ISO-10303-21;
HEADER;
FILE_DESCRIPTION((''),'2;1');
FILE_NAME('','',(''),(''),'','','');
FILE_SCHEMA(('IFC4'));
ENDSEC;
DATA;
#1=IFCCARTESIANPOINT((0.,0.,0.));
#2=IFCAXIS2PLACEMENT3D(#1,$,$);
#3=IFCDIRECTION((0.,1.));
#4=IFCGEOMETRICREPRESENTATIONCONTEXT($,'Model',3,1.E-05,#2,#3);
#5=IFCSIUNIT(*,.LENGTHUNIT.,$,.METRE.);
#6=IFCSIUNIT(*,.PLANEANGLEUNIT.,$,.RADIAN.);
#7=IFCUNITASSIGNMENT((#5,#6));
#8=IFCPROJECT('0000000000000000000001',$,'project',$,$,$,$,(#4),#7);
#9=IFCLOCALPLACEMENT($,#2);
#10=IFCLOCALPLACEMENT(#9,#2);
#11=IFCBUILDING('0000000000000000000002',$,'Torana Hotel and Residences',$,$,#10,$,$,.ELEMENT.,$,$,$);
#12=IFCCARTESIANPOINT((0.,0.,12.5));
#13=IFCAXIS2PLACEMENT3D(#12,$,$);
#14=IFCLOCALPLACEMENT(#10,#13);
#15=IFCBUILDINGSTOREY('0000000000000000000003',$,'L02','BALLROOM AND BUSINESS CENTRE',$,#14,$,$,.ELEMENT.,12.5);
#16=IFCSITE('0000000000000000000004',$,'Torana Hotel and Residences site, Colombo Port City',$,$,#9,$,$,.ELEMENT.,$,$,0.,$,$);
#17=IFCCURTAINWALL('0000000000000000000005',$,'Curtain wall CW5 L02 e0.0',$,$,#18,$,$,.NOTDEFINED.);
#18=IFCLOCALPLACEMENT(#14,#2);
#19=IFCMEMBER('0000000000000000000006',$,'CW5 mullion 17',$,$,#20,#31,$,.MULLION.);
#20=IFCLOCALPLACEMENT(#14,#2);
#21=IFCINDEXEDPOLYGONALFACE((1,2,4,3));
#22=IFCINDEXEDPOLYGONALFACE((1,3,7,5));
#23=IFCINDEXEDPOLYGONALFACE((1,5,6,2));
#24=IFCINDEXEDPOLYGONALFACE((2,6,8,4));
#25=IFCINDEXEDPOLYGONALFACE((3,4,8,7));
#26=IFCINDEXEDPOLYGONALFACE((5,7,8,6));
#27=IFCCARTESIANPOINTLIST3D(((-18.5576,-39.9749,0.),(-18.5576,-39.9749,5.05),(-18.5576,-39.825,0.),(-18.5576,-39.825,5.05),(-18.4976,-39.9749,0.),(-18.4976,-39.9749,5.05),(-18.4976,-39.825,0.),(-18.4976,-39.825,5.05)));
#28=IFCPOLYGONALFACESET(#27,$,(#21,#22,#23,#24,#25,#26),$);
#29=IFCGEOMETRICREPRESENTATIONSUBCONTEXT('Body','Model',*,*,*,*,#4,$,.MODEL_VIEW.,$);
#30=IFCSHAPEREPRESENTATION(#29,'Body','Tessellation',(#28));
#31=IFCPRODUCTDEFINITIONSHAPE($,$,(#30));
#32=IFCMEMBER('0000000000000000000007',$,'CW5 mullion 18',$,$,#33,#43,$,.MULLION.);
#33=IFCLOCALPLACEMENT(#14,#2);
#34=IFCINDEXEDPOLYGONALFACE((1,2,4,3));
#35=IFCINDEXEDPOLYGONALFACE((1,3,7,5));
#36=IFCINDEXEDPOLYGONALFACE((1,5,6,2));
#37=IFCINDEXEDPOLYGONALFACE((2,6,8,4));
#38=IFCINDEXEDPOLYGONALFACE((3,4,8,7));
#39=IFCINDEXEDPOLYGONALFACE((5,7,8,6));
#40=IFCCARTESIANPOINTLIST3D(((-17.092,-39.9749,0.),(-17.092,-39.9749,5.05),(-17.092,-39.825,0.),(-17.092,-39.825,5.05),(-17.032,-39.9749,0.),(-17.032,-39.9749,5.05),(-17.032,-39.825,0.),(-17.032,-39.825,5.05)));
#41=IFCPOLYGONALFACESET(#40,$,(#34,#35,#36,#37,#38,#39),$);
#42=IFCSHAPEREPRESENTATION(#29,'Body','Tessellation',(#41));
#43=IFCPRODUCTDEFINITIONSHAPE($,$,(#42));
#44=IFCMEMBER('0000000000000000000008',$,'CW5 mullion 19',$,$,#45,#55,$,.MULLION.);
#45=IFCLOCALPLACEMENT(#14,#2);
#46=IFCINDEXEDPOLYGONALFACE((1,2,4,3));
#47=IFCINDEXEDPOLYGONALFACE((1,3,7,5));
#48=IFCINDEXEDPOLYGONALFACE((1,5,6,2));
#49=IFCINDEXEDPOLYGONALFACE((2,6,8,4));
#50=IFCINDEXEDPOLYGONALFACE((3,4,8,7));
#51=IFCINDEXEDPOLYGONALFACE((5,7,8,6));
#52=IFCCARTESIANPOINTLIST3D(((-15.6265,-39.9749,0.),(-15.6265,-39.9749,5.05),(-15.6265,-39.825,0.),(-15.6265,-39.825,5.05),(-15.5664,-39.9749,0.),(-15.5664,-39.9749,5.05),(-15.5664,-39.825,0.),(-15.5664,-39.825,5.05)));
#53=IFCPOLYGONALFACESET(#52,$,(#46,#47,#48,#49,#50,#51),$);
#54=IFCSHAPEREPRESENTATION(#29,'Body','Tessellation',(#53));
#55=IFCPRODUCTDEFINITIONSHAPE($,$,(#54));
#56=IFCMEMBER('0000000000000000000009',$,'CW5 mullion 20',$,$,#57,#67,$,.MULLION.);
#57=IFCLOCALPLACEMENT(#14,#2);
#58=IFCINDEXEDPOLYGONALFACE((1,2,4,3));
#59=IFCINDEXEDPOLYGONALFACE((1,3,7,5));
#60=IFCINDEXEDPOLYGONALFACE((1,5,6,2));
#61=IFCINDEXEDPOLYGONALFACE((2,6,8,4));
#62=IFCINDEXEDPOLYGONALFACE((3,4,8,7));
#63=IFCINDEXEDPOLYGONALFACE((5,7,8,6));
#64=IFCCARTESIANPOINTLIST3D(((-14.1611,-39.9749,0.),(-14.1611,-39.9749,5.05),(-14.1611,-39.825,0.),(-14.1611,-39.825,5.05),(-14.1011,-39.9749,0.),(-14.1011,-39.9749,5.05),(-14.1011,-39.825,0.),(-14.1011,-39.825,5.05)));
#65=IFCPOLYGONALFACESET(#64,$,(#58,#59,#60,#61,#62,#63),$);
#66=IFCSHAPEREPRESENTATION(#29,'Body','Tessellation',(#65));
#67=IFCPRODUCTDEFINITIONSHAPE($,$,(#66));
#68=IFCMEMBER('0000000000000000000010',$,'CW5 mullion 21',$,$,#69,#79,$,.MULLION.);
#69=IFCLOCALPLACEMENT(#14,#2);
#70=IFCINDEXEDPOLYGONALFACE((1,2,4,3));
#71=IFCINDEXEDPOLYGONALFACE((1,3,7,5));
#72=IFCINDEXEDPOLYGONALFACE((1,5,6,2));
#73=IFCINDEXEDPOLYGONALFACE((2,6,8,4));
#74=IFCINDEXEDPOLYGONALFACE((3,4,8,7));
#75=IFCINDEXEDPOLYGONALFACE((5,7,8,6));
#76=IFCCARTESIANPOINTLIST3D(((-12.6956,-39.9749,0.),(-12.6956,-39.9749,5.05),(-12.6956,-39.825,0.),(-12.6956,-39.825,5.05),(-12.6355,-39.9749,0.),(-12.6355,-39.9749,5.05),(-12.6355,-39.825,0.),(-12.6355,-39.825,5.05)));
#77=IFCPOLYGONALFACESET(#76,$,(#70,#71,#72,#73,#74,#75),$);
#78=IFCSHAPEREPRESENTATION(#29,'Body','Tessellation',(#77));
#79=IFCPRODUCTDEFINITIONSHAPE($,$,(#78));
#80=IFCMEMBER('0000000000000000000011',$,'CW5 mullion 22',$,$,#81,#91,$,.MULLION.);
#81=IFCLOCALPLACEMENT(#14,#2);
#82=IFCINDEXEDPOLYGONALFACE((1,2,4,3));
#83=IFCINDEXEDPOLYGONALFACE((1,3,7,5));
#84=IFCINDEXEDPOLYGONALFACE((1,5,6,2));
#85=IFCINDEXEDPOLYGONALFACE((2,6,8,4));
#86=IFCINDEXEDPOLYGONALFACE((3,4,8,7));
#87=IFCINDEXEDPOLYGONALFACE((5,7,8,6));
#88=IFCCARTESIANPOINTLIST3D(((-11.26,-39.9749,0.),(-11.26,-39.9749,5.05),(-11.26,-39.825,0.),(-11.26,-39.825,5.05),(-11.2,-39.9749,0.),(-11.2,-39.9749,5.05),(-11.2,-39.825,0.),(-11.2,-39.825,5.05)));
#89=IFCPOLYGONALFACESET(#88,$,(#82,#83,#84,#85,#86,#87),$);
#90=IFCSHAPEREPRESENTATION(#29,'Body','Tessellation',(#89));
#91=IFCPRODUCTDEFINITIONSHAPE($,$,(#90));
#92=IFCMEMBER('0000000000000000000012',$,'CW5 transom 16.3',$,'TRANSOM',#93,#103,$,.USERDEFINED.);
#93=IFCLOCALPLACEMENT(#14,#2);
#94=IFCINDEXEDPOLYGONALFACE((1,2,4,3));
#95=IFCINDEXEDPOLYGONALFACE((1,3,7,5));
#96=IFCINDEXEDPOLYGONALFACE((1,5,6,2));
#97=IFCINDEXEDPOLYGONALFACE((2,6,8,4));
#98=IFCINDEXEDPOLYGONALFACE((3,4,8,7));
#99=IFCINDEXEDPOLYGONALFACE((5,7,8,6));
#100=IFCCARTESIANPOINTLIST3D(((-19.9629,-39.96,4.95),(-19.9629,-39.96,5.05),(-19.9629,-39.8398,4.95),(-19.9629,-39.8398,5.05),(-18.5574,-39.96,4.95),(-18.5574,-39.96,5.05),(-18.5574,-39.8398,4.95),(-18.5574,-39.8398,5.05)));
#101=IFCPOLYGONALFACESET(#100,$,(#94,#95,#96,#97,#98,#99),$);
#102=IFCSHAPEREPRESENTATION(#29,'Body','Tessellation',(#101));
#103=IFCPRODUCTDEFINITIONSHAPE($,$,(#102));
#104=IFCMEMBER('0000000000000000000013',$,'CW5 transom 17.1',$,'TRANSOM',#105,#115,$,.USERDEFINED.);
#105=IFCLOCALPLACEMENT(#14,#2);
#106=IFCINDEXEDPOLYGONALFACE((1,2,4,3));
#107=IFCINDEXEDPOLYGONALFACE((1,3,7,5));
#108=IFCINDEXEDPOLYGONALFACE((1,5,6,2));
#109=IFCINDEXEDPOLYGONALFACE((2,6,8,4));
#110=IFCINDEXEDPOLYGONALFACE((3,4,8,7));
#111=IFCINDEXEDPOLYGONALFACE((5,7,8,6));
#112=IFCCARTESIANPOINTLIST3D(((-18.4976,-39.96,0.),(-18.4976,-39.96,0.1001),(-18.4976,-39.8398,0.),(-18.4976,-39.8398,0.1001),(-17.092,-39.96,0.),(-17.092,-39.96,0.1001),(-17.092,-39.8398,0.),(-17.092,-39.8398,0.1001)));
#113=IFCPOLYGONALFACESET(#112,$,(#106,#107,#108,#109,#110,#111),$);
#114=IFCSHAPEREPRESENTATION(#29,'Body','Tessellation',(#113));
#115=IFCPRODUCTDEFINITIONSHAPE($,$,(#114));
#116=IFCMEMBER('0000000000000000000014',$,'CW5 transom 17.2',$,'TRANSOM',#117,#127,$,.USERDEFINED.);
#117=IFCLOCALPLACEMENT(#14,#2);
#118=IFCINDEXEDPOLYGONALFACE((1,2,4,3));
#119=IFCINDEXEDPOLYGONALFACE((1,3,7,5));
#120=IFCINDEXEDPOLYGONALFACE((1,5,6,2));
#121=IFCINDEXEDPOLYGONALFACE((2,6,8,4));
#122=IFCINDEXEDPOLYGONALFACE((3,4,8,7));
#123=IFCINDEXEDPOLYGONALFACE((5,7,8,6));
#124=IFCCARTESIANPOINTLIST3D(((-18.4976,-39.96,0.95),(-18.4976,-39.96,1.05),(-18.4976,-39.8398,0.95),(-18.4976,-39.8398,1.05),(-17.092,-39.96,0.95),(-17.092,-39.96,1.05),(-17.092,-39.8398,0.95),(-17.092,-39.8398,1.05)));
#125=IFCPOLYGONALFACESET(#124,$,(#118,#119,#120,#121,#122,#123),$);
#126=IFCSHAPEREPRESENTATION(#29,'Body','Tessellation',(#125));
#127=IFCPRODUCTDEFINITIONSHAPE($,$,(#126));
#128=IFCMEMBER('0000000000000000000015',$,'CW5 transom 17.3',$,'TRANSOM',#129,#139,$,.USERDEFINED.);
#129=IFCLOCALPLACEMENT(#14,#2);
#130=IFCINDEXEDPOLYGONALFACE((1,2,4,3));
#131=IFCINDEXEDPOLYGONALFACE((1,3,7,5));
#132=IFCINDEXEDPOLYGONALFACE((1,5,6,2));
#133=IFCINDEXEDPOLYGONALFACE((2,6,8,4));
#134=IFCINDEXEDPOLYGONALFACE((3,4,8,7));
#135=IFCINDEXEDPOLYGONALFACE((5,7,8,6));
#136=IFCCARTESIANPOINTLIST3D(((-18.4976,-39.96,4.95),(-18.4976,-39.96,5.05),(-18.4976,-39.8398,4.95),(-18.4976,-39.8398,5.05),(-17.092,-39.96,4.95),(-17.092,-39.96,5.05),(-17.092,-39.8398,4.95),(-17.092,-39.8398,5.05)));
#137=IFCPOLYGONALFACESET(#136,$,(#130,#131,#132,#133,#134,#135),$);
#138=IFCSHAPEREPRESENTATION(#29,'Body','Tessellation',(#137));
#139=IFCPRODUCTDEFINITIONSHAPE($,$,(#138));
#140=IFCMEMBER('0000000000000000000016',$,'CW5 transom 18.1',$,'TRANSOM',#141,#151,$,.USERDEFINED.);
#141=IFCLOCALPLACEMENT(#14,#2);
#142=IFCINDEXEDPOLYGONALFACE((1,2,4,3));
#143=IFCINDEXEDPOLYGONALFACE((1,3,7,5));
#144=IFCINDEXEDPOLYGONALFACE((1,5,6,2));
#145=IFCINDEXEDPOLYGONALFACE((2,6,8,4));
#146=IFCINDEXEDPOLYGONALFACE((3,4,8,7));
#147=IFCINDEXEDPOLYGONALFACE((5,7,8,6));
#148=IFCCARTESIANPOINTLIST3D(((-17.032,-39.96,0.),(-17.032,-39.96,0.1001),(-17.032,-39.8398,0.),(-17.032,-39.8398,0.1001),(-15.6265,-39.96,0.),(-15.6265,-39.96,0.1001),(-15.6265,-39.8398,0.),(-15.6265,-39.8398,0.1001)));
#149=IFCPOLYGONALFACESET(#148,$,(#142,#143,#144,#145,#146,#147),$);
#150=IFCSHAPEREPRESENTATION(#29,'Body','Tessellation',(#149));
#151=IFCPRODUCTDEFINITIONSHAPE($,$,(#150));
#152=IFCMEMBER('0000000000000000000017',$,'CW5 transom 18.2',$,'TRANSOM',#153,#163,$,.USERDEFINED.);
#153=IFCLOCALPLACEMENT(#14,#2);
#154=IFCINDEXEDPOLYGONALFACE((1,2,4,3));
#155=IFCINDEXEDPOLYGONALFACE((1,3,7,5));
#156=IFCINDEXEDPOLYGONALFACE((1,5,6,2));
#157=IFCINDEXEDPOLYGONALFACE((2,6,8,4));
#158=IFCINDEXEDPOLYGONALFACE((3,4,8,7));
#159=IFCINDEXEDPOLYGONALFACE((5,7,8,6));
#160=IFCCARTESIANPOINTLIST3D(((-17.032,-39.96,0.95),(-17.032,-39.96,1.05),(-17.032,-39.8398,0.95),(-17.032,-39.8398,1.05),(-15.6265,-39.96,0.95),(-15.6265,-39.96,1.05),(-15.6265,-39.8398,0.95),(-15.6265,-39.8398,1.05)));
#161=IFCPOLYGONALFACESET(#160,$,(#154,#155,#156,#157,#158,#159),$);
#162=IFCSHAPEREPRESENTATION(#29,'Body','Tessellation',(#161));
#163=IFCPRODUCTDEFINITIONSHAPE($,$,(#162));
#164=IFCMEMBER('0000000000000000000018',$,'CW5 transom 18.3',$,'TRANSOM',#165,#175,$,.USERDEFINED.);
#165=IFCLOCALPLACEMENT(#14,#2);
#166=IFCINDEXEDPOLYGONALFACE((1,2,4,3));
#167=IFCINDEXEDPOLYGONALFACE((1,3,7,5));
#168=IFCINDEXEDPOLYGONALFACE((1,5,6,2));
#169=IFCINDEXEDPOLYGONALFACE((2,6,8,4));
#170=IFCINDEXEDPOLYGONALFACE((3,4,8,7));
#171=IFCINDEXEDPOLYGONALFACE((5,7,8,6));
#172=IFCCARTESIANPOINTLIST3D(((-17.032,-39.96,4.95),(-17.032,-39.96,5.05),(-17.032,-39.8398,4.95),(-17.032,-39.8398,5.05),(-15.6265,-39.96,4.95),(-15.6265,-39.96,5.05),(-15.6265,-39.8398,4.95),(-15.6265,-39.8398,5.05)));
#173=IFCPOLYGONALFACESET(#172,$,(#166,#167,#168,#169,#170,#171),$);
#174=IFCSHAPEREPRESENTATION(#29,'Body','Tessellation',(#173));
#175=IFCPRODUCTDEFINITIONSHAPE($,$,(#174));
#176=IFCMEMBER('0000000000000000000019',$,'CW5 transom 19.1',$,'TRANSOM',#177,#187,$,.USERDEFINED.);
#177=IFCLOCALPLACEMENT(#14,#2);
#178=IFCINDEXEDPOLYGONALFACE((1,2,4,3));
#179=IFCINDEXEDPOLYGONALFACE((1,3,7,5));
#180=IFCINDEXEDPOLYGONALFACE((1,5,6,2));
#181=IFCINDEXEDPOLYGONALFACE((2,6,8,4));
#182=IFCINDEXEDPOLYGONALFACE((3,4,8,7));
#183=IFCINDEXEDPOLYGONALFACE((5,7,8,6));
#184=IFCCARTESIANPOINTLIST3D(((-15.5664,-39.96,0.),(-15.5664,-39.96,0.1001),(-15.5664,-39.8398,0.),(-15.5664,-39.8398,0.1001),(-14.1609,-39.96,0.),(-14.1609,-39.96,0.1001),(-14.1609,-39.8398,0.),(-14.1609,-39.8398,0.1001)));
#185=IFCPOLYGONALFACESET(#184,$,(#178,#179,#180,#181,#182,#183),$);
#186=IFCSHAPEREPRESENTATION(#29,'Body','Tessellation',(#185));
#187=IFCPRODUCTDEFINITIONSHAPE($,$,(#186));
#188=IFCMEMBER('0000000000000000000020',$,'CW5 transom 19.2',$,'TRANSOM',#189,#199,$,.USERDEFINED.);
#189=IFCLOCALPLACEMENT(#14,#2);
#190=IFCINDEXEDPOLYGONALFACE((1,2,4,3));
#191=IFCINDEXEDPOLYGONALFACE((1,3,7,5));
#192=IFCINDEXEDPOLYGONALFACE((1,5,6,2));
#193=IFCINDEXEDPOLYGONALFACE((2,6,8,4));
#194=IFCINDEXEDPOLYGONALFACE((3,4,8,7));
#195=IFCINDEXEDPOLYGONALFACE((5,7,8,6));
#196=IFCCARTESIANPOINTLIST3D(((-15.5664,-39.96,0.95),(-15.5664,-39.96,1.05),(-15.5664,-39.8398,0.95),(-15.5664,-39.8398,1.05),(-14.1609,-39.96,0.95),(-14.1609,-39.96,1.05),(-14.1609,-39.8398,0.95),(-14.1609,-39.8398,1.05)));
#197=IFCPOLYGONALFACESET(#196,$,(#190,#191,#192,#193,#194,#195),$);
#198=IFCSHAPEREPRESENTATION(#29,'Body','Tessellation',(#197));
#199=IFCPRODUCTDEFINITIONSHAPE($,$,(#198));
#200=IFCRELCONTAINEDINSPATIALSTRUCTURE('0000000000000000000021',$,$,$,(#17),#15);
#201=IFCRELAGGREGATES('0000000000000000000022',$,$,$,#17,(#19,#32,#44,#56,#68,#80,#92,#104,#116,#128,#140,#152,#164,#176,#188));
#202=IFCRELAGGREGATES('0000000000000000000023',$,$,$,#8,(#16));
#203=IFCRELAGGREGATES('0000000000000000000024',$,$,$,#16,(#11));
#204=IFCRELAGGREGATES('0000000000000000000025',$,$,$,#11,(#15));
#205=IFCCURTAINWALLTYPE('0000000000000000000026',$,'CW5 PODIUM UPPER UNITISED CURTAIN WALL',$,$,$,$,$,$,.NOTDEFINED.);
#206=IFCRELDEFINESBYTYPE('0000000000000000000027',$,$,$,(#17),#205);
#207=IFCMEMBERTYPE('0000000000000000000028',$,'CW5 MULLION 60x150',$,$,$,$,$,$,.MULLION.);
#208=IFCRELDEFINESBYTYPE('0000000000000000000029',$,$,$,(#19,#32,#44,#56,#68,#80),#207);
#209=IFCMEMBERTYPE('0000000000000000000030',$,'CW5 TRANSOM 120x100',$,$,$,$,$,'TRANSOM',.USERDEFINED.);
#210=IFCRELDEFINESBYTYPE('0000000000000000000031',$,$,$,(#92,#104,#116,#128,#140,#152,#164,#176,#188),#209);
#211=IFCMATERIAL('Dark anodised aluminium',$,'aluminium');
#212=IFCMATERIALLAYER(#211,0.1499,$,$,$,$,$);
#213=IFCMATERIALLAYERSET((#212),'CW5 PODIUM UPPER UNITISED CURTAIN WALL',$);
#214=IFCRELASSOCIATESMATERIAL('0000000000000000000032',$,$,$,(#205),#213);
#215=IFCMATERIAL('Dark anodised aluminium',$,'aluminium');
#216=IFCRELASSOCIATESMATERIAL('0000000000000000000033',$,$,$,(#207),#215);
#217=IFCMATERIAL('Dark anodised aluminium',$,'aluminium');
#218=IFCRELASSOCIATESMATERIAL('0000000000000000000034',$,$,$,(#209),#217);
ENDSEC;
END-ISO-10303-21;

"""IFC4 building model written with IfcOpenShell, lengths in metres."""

from ifc_helpers import new_model, si_unit, direction, frame, origin, origin_2d, place, context, subcontext, project, spatial, rectangle, extrude, material, layer, layer_set, material_profile, profile_set, type_object, element, aggregate, save


model = new_model("IFC4")

# Units and contexts
model_context = context("Model", 3, precision=1e-05, world=origin(), true_north=direction((0.0, 1.0)))
body_context = subcontext(model_context, "Body", "Model", "MODEL_VIEW")
ifc_project = project(units=[si_unit("LENGTHUNIT", "METRE"), si_unit("PLANEANGLEUNIT", "RADIAN")], contexts=[model_context])

# Site, building, storey
site_placement = place(None, origin())
site = spatial("IfcSite", under=ifc_project, at=site_placement, Name="Torana Hotel and Residences site, Colombo Port City", CompositionType="ELEMENT", RefElevation=0.0)
building_placement = place(site_placement, origin())
building = spatial("IfcBuilding", under=site, at=building_placement, Name="Torana Hotel and Residences", CompositionType="ELEMENT")
storey_placement = place(building_placement, frame((0.0, 0.0, 12.5)))
storey = spatial("IfcBuildingStorey", under=building, at=storey_placement, Name="L02", Description="BALLROOM AND BUSINESS CENTRE", CompositionType="ELEMENT", Elevation=12.5)

# Curtain wall, members
ifc_material_1 = material(Name="Dark anodised aluminium", Category="aluminium")
ifc_layer_1 = layer(ifc_material_1, 0.1499)
ifc_layer_set_1 = layer_set([ifc_layer_1], Name="CW5 PODIUM UPPER UNITISED CURTAIN WALL")
curtain_wall_type = type_object("IfcCurtainWallType", Name="CW5 PODIUM UPPER UNITISED CURTAIN WALL", PredefinedType="NOTDEFINED", material=ifc_layer_set_1)
curtain_wall_placement = place(storey_placement, origin())
curtain_wall = element("IfcCurtainWall", 1, at=curtain_wall_placement, inside=storey, type_object=curtain_wall_type, Name="Curtain wall CW5 L02 e0.0", PredefinedType="NOTDEFINED")
ifc_material_2 = material(Name="Dark anodised aluminium", Category="aluminium")
ifc_material_profile_1 = material_profile(ifc_material_2, rectangle(XDim=0.1499, YDim=0.0601, at=origin_2d()), Name="CW5 MULLION 60x150")
ifc_profile_set_1 = profile_set([ifc_material_profile_1], Name="Dark anodised aluminium")
member_type_1 = type_object("IfcMemberType", Name="CW5 MULLION 60x150", PredefinedType="MULLION", material=ifc_profile_set_1)
member_1_placement = place(storey_placement, frame((-18.5276, -39.8999, 0.0), z_axis=(0.0, 0.0, 1.0), x_axis=(0.0, 1.0, 0.0)))
member_1 = element("IfcMember", 2, at=member_1_placement, type_object=member_type_1, Name="CW5 mullion 17", PredefinedType="MULLION", context=body_context, shape_type="SweptSolid", body=[
    extrude(rectangle(XDim=0.1499, YDim=0.0601, at=origin_2d()), origin(), (0.0, 0.0, 1.0), 5.05),
])
member_2_placement = place(storey_placement, frame((-17.062, -39.8999, 0.0), z_axis=(0.0, 0.0, 1.0), x_axis=(0.0, 1.0, 0.0)))
member_2 = element("IfcMember", 3, at=member_2_placement, type_object=member_type_1, Name="CW5 mullion 18", PredefinedType="MULLION", context=body_context, shape_type="SweptSolid", body=[
    extrude(rectangle(XDim=0.1499, YDim=0.0601, at=origin_2d()), origin(), (0.0, 0.0, 1.0), 5.05),
])
member_3_placement = place(storey_placement, frame((-15.5964, -39.8999, 0.0), z_axis=(0.0, 0.0, 1.0), x_axis=(0.0, 1.0, 0.0)))
member_3 = element("IfcMember", 4, at=member_3_placement, type_object=member_type_1, Name="CW5 mullion 19", PredefinedType="MULLION", context=body_context, shape_type="SweptSolid", body=[
    extrude(rectangle(XDim=0.1499, YDim=0.0601, at=origin_2d()), origin(), (0.0, 0.0, 1.0), 5.05),
])
member_4_placement = place(storey_placement, frame((-14.1311, -39.8999, 0.0), z_axis=(0.0, 0.0, 1.0), x_axis=(0.0, 1.0, 0.0)))
member_4 = element("IfcMember", 5, at=member_4_placement, type_object=member_type_1, Name="CW5 mullion 20", PredefinedType="MULLION", context=body_context, shape_type="SweptSolid", body=[
    extrude(rectangle(XDim=0.1499, YDim=0.0601, at=origin_2d()), origin(), (0.0, 0.0, 1.0), 5.05),
])
member_5_placement = place(storey_placement, frame((-12.6655, -39.8999, 0.0), z_axis=(0.0, 0.0, 1.0), x_axis=(0.0, 1.0, 0.0)))
member_5 = element("IfcMember", 6, at=member_5_placement, type_object=member_type_1, Name="CW5 mullion 21", PredefinedType="MULLION", context=body_context, shape_type="SweptSolid", body=[
    extrude(rectangle(XDim=0.1499, YDim=0.0601, at=origin_2d()), origin(), (0.0, 0.0, 1.0), 5.05),
])
member_6_placement = place(storey_placement, frame((-11.23, -39.8999, 0.0), z_axis=(0.0, 0.0, 1.0), x_axis=(0.0, 1.0, 0.0)))
member_6 = element("IfcMember", 7, at=member_6_placement, type_object=member_type_1, Name="CW5 mullion 22", PredefinedType="MULLION", context=body_context, shape_type="SweptSolid", body=[
    extrude(rectangle(XDim=0.1499, YDim=0.0601, at=origin_2d()), origin(), (0.0, 0.0, 1.0), 5.05),
])
ifc_material_3 = material(Name="Dark anodised aluminium", Category="aluminium")
ifc_material_profile_2 = material_profile(ifc_material_3, rectangle(XDim=0.1201, YDim=0.1001, at=origin_2d()), Name="CW5 TRANSOM 120x100")
ifc_profile_set_2 = profile_set([ifc_material_profile_2], Name="Dark anodised aluminium")
member_type_2 = type_object("IfcMemberType", Name="CW5 TRANSOM 120x100", ElementType="TRANSOM", PredefinedType="USERDEFINED", material=ifc_profile_set_2)
member_7_placement = place(storey_placement, frame((-19.9629, -39.8999, 5.0), z_axis=(1.0, 0.0, 0.0), x_axis=(0.0, 1.0, 0.0)))
member_7 = element("IfcMember", 8, at=member_7_placement, type_object=member_type_2, Name="CW5 transom 16.3", ObjectType="TRANSOM", PredefinedType="USERDEFINED", context=body_context, shape_type="SweptSolid", body=[
    extrude(rectangle(XDim=0.1201, YDim=0.1001, at=origin_2d()), origin(), (0.0, 0.0, 1.0), 1.4055),
])
member_8_placement = place(storey_placement, frame((-18.4976, -39.8999, 0.05), z_axis=(1.0, 0.0, 0.0), x_axis=(0.0, 1.0, 0.0)))
member_8 = element("IfcMember", 9, at=member_8_placement, type_object=member_type_2, Name="CW5 transom 17.1", ObjectType="TRANSOM", PredefinedType="USERDEFINED", context=body_context, shape_type="SweptSolid", body=[
    extrude(rectangle(XDim=0.1201, YDim=0.1001, at=origin_2d()), origin(), (0.0, 0.0, 1.0), 1.4055),
])
member_9_placement = place(storey_placement, frame((-18.4976, -39.8999, 1.0), z_axis=(1.0, 0.0, 0.0), x_axis=(0.0, 1.0, 0.0)))
member_9 = element("IfcMember", 10, at=member_9_placement, type_object=member_type_2, Name="CW5 transom 17.2", ObjectType="TRANSOM", PredefinedType="USERDEFINED", context=body_context, shape_type="SweptSolid", body=[
    extrude(rectangle(XDim=0.1201, YDim=0.1001, at=origin_2d()), origin(), (0.0, 0.0, 1.0), 1.4055),
])
member_10_placement = place(storey_placement, frame((-18.4976, -39.8999, 5.0), z_axis=(1.0, 0.0, 0.0), x_axis=(0.0, 1.0, 0.0)))
member_10 = element("IfcMember", 11, at=member_10_placement, type_object=member_type_2, Name="CW5 transom 17.3", ObjectType="TRANSOM", PredefinedType="USERDEFINED", context=body_context, shape_type="SweptSolid", body=[
    extrude(rectangle(XDim=0.1201, YDim=0.1001, at=origin_2d()), origin(), (0.0, 0.0, 1.0), 1.4055),
])
member_11_placement = place(storey_placement, frame((-17.032, -39.8999, 0.05), z_axis=(1.0, 0.0, 0.0), x_axis=(0.0, 1.0, 0.0)))
member_11 = element("IfcMember", 12, at=member_11_placement, type_object=member_type_2, Name="CW5 transom 18.1", ObjectType="TRANSOM", PredefinedType="USERDEFINED", context=body_context, shape_type="SweptSolid", body=[
    extrude(rectangle(XDim=0.1201, YDim=0.1001, at=origin_2d()), origin(), (0.0, 0.0, 1.0), 1.4055),
])
member_12_placement = place(storey_placement, frame((-17.032, -39.8999, 1.0), z_axis=(1.0, 0.0, 0.0), x_axis=(0.0, 1.0, 0.0)))
member_12 = element("IfcMember", 13, at=member_12_placement, type_object=member_type_2, Name="CW5 transom 18.2", ObjectType="TRANSOM", PredefinedType="USERDEFINED", context=body_context, shape_type="SweptSolid", body=[
    extrude(rectangle(XDim=0.1201, YDim=0.1001, at=origin_2d()), origin(), (0.0, 0.0, 1.0), 1.4055),
])
member_13_placement = place(storey_placement, frame((-17.032, -39.8999, 5.0), z_axis=(1.0, 0.0, 0.0), x_axis=(0.0, 1.0, 0.0)))
member_13 = element("IfcMember", 14, at=member_13_placement, type_object=member_type_2, Name="CW5 transom 18.3", ObjectType="TRANSOM", PredefinedType="USERDEFINED", context=body_context, shape_type="SweptSolid", body=[
    extrude(rectangle(XDim=0.1201, YDim=0.1001, at=origin_2d()), origin(), (0.0, 0.0, 1.0), 1.4055),
])
member_14_placement = place(storey_placement, frame((-15.5664, -39.8999, 0.05), z_axis=(1.0, 0.0, 0.0), x_axis=(0.0, 1.0, 0.0)))
member_14 = element("IfcMember", 15, at=member_14_placement, type_object=member_type_2, Name="CW5 transom 19.1", ObjectType="TRANSOM", PredefinedType="USERDEFINED", context=body_context, shape_type="SweptSolid", body=[
    extrude(rectangle(XDim=0.1201, YDim=0.1001, at=origin_2d()), origin(), (0.0, 0.0, 1.0), 1.4055),
])
member_15_placement = place(storey_placement, frame((-15.5664, -39.8999, 1.0), z_axis=(1.0, 0.0, 0.0), x_axis=(0.0, 1.0, 0.0)))
member_15 = element("IfcMember", 16, at=member_15_placement, type_object=member_type_2, Name="CW5 transom 19.2", ObjectType="TRANSOM", PredefinedType="USERDEFINED", context=body_context, shape_type="SweptSolid", body=[
    extrude(rectangle(XDim=0.1201, YDim=0.1001, at=origin_2d()), origin(), (0.0, 0.0, 1.0), 1.4055),
])
aggregate(curtain_wall, [member_1, member_2, member_3, member_4, member_5, member_6, member_7, member_8, member_9, member_10, member_11, member_12, member_13, member_14, member_15])

save(model, "model.ifc")
